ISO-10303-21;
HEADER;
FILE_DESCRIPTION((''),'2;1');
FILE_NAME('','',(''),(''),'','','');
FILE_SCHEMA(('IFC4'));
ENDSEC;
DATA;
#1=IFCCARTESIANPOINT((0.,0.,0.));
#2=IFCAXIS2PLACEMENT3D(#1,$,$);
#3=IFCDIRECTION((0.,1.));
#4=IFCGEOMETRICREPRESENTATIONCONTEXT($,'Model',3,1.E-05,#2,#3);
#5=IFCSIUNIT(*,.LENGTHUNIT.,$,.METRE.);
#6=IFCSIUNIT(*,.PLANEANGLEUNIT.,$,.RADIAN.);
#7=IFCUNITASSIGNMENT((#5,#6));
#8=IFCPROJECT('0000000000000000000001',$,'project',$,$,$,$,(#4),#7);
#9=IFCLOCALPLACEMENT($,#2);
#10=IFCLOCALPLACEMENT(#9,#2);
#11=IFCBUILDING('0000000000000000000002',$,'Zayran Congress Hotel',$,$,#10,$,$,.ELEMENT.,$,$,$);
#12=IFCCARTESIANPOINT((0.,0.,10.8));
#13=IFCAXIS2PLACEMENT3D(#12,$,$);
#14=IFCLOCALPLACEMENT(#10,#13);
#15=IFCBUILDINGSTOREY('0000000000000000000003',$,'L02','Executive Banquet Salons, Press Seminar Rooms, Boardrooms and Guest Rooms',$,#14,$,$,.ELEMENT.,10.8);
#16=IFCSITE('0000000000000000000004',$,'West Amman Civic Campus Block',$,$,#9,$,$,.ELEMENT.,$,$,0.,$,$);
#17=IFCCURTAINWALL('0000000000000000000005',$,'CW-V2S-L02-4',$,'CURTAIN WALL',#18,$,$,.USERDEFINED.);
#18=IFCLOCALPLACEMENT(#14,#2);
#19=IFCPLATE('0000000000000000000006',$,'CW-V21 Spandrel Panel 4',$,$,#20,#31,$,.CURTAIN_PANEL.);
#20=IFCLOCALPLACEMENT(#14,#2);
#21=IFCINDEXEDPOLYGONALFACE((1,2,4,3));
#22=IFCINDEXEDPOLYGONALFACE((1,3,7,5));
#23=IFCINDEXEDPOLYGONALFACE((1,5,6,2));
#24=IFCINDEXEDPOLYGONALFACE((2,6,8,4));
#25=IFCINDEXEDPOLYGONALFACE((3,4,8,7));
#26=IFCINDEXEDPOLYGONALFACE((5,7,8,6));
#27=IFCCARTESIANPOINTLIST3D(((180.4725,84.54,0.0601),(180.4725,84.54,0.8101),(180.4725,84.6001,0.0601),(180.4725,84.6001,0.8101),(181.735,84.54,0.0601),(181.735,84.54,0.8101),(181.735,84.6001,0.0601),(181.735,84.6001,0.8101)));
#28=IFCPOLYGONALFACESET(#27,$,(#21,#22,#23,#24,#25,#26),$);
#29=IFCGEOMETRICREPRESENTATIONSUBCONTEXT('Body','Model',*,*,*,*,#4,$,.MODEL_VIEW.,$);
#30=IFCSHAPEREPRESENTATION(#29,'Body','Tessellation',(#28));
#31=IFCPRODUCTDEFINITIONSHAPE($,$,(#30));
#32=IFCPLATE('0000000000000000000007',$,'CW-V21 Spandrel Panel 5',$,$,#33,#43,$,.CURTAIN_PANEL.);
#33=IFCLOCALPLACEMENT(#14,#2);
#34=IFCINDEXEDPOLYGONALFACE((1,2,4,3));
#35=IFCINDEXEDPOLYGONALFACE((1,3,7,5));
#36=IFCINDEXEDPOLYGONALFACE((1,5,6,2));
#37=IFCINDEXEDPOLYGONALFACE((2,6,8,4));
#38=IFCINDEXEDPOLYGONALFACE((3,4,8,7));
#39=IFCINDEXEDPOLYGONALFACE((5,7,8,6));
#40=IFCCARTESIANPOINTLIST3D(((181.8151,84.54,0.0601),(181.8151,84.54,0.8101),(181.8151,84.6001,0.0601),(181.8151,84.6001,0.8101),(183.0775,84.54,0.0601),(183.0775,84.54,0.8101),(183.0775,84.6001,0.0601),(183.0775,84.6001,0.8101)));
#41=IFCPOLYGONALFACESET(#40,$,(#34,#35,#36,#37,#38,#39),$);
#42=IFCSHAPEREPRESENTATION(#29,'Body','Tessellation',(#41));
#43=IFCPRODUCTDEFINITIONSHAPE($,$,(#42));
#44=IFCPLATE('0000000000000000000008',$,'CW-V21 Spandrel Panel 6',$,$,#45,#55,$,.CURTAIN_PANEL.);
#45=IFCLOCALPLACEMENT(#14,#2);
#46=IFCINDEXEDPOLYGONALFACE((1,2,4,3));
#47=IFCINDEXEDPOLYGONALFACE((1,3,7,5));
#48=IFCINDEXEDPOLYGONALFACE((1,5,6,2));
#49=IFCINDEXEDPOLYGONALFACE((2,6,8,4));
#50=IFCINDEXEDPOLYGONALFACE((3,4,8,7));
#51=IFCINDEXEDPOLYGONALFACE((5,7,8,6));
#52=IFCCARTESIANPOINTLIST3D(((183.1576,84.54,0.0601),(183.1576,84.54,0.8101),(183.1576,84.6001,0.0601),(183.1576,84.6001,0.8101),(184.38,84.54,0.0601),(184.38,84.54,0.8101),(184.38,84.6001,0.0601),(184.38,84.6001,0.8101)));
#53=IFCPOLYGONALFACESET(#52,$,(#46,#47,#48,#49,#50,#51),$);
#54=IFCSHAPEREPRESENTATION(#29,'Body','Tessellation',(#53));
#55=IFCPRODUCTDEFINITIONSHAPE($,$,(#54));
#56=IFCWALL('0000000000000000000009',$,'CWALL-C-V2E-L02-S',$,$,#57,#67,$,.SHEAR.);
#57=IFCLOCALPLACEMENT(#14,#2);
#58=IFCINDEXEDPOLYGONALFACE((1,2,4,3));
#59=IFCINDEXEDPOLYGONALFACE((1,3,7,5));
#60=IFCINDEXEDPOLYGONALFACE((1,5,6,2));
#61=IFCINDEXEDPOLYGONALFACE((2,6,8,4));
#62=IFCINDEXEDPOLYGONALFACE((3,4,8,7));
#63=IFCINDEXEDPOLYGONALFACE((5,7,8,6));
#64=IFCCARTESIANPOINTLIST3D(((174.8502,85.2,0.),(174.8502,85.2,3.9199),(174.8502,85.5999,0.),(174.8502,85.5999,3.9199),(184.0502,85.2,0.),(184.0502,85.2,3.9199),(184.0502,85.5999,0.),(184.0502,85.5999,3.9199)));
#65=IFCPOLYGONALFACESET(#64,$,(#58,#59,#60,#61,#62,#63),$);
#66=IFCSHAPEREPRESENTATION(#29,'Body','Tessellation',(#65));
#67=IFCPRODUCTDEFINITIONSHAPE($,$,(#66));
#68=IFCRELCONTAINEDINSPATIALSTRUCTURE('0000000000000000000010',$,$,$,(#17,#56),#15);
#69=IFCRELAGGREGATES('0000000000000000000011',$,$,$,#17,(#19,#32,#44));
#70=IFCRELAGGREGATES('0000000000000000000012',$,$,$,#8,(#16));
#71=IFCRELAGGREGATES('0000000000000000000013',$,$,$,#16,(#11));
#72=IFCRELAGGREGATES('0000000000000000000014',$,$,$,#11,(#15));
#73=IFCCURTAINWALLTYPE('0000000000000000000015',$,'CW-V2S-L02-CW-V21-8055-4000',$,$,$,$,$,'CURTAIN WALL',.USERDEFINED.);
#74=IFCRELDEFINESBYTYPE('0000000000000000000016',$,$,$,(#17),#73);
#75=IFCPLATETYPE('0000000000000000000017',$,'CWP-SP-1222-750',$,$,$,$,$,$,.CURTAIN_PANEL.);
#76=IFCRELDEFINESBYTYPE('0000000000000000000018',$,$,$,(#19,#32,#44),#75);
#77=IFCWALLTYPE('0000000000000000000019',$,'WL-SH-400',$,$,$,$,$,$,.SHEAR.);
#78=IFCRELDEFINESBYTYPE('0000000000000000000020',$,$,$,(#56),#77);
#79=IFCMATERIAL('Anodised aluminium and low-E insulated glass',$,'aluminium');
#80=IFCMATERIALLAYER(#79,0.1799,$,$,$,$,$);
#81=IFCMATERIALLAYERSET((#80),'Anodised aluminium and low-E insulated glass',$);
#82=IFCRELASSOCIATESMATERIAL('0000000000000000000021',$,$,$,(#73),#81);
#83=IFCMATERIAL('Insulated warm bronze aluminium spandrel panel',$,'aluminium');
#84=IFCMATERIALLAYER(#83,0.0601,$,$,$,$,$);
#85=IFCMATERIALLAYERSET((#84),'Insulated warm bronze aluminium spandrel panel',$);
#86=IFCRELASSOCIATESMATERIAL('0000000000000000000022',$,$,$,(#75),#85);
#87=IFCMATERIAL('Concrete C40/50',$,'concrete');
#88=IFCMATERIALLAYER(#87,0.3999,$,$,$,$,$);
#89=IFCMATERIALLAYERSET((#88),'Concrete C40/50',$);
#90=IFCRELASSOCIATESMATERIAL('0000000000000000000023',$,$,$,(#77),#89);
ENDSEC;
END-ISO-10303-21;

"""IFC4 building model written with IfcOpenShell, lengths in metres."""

from ifc_helpers import new_model, si_unit, direction, frame, frame_2d, origin, origin_2d, place, context, subcontext, project, spatial, rectangle, extrude, material, layer, layer_set, type_object, element, aggregate, save


model = new_model("IFC4")

# Units and contexts
model_context = context("Model", 3, precision=1e-05, world=origin(), true_north=direction((0.0, 1.0)))
body_context = subcontext(model_context, "Body", "Model", "MODEL_VIEW")
ifc_project = project(units=[si_unit("LENGTHUNIT", "METRE"), si_unit("PLANEANGLEUNIT", "RADIAN")], contexts=[model_context])

# Site, building, storey
site_placement = place(None, origin())
site = spatial("IfcSite", under=ifc_project, at=site_placement, Name="West Amman Civic Campus Block", CompositionType="ELEMENT", RefElevation=0.0)
building_placement = place(site_placement, origin())
building = spatial("IfcBuilding", under=site, at=building_placement, Name="Zayran Congress Hotel", CompositionType="ELEMENT")
storey_placement = place(building_placement, frame((0.0, 0.0, 10.8)))
storey = spatial("IfcBuildingStorey", under=building, at=storey_placement, Name="L02", Description="Executive Banquet Salons, Press Seminar Rooms, Boardrooms and Guest Rooms", CompositionType="ELEMENT", Elevation=10.8)

# Curtain wall, plates
ifc_material_1 = material(Name="Anodised aluminium and low-E insulated glass", Category="aluminium")
ifc_layer_1 = layer(ifc_material_1, 0.1799)
ifc_layer_set_1 = layer_set([ifc_layer_1], Name="Anodised aluminium and low-E insulated glass")
curtain_wall_type = type_object("IfcCurtainWallType", Name="CW-V2S-L02-CW-V21-8055-4000", ElementType="CURTAIN WALL", PredefinedType="USERDEFINED", material=ifc_layer_set_1)
curtain_wall_placement = place(storey_placement, origin())
curtain_wall = element("IfcCurtainWall", 1, at=curtain_wall_placement, inside=storey, type_object=curtain_wall_type, Name="CW-V2S-L02-4", ObjectType="CURTAIN WALL", PredefinedType="USERDEFINED")
ifc_material_2 = material(Name="Insulated warm bronze aluminium spandrel panel", Category="aluminium")
ifc_layer_2 = layer(ifc_material_2, 0.0601)
ifc_layer_set_2 = layer_set([ifc_layer_2], Name="Insulated warm bronze aluminium spandrel panel")
plate_type_1 = type_object("IfcPlateType", Name="CWP-SP-1222-750", PredefinedType="CURTAIN_PANEL", material=ifc_layer_set_2)
plate_1_placement = place(storey_placement, frame((181.1038, 84.5701, 0.0601), z_axis=(0.0, 0.0, 1.0), x_axis=(1.0, 0.0, 0.0)))
plate_1 = element("IfcPlate", 2, at=plate_1_placement, type_object=plate_type_1, Name="CW-V21 Spandrel Panel 4", PredefinedType="CURTAIN_PANEL", context=body_context, shape_type="SweptSolid", body=[
    extrude(rectangle(XDim=1.2625, YDim=0.0601, at=origin_2d()), origin(), (0.0, 0.0, 1.0), 0.75),
])
plate_2_placement = place(storey_placement, frame((182.4463, 84.5701, 0.0601), z_axis=(0.0, 0.0, 1.0), x_axis=(1.0, 0.0, 0.0)))
plate_2 = element("IfcPlate", 3, at=plate_2_placement, type_object=plate_type_1, Name="CW-V21 Spandrel Panel 5", PredefinedType="CURTAIN_PANEL", context=body_context, shape_type="SweptSolid", body=[
    extrude(rectangle(XDim=1.2625, YDim=0.0601, at=origin_2d()), origin(), (0.0, 0.0, 1.0), 0.75),
])
plate_3_placement = place(storey_placement, frame((183.7688, 84.5701, 0.0601), z_axis=(0.0, 0.0, 1.0), x_axis=(1.0, 0.0, 0.0)))
plate_3 = element("IfcPlate", 4, at=plate_3_placement, type_object=plate_type_1, Name="CW-V21 Spandrel Panel 6", PredefinedType="CURTAIN_PANEL", context=body_context, shape_type="SweptSolid", body=[
    extrude(rectangle(XDim=1.2224, YDim=0.0601, at=origin_2d()), origin(), (0.0, 0.0, 1.0), 0.75),
])
aggregate(curtain_wall, [plate_1, plate_2, plate_3])

# Wall
ifc_material_3 = material(Name="Concrete C40/50", Category="concrete")
ifc_layer_3 = layer(ifc_material_3, 0.3999)
ifc_layer_set_3 = layer_set([ifc_layer_3], Name="Concrete C40/50")
wall_type = type_object("IfcWallType", Name="WL-SH-400", PredefinedType="SHEAR", material=ifc_layer_set_3)
wall_placement = place(storey_placement, frame((174.8501, 85.3999, 0.0), z_axis=(0.0, 0.0, 1.0), x_axis=(1.0, 0.0, 0.0)))
element("IfcWall", 5, at=wall_placement, inside=storey, type_object=wall_type, Name="CWALL-C-V2E-L02-S", PredefinedType="SHEAR", context=body_context, shape_type="SweptSolid", body=[
    extrude(rectangle(XDim=9.2, YDim=0.3999, at=frame_2d((4.6001, 0.0))), origin(), (0.0, 0.0, 1.0), 3.9199),
])

save(model, "model.ifc")
